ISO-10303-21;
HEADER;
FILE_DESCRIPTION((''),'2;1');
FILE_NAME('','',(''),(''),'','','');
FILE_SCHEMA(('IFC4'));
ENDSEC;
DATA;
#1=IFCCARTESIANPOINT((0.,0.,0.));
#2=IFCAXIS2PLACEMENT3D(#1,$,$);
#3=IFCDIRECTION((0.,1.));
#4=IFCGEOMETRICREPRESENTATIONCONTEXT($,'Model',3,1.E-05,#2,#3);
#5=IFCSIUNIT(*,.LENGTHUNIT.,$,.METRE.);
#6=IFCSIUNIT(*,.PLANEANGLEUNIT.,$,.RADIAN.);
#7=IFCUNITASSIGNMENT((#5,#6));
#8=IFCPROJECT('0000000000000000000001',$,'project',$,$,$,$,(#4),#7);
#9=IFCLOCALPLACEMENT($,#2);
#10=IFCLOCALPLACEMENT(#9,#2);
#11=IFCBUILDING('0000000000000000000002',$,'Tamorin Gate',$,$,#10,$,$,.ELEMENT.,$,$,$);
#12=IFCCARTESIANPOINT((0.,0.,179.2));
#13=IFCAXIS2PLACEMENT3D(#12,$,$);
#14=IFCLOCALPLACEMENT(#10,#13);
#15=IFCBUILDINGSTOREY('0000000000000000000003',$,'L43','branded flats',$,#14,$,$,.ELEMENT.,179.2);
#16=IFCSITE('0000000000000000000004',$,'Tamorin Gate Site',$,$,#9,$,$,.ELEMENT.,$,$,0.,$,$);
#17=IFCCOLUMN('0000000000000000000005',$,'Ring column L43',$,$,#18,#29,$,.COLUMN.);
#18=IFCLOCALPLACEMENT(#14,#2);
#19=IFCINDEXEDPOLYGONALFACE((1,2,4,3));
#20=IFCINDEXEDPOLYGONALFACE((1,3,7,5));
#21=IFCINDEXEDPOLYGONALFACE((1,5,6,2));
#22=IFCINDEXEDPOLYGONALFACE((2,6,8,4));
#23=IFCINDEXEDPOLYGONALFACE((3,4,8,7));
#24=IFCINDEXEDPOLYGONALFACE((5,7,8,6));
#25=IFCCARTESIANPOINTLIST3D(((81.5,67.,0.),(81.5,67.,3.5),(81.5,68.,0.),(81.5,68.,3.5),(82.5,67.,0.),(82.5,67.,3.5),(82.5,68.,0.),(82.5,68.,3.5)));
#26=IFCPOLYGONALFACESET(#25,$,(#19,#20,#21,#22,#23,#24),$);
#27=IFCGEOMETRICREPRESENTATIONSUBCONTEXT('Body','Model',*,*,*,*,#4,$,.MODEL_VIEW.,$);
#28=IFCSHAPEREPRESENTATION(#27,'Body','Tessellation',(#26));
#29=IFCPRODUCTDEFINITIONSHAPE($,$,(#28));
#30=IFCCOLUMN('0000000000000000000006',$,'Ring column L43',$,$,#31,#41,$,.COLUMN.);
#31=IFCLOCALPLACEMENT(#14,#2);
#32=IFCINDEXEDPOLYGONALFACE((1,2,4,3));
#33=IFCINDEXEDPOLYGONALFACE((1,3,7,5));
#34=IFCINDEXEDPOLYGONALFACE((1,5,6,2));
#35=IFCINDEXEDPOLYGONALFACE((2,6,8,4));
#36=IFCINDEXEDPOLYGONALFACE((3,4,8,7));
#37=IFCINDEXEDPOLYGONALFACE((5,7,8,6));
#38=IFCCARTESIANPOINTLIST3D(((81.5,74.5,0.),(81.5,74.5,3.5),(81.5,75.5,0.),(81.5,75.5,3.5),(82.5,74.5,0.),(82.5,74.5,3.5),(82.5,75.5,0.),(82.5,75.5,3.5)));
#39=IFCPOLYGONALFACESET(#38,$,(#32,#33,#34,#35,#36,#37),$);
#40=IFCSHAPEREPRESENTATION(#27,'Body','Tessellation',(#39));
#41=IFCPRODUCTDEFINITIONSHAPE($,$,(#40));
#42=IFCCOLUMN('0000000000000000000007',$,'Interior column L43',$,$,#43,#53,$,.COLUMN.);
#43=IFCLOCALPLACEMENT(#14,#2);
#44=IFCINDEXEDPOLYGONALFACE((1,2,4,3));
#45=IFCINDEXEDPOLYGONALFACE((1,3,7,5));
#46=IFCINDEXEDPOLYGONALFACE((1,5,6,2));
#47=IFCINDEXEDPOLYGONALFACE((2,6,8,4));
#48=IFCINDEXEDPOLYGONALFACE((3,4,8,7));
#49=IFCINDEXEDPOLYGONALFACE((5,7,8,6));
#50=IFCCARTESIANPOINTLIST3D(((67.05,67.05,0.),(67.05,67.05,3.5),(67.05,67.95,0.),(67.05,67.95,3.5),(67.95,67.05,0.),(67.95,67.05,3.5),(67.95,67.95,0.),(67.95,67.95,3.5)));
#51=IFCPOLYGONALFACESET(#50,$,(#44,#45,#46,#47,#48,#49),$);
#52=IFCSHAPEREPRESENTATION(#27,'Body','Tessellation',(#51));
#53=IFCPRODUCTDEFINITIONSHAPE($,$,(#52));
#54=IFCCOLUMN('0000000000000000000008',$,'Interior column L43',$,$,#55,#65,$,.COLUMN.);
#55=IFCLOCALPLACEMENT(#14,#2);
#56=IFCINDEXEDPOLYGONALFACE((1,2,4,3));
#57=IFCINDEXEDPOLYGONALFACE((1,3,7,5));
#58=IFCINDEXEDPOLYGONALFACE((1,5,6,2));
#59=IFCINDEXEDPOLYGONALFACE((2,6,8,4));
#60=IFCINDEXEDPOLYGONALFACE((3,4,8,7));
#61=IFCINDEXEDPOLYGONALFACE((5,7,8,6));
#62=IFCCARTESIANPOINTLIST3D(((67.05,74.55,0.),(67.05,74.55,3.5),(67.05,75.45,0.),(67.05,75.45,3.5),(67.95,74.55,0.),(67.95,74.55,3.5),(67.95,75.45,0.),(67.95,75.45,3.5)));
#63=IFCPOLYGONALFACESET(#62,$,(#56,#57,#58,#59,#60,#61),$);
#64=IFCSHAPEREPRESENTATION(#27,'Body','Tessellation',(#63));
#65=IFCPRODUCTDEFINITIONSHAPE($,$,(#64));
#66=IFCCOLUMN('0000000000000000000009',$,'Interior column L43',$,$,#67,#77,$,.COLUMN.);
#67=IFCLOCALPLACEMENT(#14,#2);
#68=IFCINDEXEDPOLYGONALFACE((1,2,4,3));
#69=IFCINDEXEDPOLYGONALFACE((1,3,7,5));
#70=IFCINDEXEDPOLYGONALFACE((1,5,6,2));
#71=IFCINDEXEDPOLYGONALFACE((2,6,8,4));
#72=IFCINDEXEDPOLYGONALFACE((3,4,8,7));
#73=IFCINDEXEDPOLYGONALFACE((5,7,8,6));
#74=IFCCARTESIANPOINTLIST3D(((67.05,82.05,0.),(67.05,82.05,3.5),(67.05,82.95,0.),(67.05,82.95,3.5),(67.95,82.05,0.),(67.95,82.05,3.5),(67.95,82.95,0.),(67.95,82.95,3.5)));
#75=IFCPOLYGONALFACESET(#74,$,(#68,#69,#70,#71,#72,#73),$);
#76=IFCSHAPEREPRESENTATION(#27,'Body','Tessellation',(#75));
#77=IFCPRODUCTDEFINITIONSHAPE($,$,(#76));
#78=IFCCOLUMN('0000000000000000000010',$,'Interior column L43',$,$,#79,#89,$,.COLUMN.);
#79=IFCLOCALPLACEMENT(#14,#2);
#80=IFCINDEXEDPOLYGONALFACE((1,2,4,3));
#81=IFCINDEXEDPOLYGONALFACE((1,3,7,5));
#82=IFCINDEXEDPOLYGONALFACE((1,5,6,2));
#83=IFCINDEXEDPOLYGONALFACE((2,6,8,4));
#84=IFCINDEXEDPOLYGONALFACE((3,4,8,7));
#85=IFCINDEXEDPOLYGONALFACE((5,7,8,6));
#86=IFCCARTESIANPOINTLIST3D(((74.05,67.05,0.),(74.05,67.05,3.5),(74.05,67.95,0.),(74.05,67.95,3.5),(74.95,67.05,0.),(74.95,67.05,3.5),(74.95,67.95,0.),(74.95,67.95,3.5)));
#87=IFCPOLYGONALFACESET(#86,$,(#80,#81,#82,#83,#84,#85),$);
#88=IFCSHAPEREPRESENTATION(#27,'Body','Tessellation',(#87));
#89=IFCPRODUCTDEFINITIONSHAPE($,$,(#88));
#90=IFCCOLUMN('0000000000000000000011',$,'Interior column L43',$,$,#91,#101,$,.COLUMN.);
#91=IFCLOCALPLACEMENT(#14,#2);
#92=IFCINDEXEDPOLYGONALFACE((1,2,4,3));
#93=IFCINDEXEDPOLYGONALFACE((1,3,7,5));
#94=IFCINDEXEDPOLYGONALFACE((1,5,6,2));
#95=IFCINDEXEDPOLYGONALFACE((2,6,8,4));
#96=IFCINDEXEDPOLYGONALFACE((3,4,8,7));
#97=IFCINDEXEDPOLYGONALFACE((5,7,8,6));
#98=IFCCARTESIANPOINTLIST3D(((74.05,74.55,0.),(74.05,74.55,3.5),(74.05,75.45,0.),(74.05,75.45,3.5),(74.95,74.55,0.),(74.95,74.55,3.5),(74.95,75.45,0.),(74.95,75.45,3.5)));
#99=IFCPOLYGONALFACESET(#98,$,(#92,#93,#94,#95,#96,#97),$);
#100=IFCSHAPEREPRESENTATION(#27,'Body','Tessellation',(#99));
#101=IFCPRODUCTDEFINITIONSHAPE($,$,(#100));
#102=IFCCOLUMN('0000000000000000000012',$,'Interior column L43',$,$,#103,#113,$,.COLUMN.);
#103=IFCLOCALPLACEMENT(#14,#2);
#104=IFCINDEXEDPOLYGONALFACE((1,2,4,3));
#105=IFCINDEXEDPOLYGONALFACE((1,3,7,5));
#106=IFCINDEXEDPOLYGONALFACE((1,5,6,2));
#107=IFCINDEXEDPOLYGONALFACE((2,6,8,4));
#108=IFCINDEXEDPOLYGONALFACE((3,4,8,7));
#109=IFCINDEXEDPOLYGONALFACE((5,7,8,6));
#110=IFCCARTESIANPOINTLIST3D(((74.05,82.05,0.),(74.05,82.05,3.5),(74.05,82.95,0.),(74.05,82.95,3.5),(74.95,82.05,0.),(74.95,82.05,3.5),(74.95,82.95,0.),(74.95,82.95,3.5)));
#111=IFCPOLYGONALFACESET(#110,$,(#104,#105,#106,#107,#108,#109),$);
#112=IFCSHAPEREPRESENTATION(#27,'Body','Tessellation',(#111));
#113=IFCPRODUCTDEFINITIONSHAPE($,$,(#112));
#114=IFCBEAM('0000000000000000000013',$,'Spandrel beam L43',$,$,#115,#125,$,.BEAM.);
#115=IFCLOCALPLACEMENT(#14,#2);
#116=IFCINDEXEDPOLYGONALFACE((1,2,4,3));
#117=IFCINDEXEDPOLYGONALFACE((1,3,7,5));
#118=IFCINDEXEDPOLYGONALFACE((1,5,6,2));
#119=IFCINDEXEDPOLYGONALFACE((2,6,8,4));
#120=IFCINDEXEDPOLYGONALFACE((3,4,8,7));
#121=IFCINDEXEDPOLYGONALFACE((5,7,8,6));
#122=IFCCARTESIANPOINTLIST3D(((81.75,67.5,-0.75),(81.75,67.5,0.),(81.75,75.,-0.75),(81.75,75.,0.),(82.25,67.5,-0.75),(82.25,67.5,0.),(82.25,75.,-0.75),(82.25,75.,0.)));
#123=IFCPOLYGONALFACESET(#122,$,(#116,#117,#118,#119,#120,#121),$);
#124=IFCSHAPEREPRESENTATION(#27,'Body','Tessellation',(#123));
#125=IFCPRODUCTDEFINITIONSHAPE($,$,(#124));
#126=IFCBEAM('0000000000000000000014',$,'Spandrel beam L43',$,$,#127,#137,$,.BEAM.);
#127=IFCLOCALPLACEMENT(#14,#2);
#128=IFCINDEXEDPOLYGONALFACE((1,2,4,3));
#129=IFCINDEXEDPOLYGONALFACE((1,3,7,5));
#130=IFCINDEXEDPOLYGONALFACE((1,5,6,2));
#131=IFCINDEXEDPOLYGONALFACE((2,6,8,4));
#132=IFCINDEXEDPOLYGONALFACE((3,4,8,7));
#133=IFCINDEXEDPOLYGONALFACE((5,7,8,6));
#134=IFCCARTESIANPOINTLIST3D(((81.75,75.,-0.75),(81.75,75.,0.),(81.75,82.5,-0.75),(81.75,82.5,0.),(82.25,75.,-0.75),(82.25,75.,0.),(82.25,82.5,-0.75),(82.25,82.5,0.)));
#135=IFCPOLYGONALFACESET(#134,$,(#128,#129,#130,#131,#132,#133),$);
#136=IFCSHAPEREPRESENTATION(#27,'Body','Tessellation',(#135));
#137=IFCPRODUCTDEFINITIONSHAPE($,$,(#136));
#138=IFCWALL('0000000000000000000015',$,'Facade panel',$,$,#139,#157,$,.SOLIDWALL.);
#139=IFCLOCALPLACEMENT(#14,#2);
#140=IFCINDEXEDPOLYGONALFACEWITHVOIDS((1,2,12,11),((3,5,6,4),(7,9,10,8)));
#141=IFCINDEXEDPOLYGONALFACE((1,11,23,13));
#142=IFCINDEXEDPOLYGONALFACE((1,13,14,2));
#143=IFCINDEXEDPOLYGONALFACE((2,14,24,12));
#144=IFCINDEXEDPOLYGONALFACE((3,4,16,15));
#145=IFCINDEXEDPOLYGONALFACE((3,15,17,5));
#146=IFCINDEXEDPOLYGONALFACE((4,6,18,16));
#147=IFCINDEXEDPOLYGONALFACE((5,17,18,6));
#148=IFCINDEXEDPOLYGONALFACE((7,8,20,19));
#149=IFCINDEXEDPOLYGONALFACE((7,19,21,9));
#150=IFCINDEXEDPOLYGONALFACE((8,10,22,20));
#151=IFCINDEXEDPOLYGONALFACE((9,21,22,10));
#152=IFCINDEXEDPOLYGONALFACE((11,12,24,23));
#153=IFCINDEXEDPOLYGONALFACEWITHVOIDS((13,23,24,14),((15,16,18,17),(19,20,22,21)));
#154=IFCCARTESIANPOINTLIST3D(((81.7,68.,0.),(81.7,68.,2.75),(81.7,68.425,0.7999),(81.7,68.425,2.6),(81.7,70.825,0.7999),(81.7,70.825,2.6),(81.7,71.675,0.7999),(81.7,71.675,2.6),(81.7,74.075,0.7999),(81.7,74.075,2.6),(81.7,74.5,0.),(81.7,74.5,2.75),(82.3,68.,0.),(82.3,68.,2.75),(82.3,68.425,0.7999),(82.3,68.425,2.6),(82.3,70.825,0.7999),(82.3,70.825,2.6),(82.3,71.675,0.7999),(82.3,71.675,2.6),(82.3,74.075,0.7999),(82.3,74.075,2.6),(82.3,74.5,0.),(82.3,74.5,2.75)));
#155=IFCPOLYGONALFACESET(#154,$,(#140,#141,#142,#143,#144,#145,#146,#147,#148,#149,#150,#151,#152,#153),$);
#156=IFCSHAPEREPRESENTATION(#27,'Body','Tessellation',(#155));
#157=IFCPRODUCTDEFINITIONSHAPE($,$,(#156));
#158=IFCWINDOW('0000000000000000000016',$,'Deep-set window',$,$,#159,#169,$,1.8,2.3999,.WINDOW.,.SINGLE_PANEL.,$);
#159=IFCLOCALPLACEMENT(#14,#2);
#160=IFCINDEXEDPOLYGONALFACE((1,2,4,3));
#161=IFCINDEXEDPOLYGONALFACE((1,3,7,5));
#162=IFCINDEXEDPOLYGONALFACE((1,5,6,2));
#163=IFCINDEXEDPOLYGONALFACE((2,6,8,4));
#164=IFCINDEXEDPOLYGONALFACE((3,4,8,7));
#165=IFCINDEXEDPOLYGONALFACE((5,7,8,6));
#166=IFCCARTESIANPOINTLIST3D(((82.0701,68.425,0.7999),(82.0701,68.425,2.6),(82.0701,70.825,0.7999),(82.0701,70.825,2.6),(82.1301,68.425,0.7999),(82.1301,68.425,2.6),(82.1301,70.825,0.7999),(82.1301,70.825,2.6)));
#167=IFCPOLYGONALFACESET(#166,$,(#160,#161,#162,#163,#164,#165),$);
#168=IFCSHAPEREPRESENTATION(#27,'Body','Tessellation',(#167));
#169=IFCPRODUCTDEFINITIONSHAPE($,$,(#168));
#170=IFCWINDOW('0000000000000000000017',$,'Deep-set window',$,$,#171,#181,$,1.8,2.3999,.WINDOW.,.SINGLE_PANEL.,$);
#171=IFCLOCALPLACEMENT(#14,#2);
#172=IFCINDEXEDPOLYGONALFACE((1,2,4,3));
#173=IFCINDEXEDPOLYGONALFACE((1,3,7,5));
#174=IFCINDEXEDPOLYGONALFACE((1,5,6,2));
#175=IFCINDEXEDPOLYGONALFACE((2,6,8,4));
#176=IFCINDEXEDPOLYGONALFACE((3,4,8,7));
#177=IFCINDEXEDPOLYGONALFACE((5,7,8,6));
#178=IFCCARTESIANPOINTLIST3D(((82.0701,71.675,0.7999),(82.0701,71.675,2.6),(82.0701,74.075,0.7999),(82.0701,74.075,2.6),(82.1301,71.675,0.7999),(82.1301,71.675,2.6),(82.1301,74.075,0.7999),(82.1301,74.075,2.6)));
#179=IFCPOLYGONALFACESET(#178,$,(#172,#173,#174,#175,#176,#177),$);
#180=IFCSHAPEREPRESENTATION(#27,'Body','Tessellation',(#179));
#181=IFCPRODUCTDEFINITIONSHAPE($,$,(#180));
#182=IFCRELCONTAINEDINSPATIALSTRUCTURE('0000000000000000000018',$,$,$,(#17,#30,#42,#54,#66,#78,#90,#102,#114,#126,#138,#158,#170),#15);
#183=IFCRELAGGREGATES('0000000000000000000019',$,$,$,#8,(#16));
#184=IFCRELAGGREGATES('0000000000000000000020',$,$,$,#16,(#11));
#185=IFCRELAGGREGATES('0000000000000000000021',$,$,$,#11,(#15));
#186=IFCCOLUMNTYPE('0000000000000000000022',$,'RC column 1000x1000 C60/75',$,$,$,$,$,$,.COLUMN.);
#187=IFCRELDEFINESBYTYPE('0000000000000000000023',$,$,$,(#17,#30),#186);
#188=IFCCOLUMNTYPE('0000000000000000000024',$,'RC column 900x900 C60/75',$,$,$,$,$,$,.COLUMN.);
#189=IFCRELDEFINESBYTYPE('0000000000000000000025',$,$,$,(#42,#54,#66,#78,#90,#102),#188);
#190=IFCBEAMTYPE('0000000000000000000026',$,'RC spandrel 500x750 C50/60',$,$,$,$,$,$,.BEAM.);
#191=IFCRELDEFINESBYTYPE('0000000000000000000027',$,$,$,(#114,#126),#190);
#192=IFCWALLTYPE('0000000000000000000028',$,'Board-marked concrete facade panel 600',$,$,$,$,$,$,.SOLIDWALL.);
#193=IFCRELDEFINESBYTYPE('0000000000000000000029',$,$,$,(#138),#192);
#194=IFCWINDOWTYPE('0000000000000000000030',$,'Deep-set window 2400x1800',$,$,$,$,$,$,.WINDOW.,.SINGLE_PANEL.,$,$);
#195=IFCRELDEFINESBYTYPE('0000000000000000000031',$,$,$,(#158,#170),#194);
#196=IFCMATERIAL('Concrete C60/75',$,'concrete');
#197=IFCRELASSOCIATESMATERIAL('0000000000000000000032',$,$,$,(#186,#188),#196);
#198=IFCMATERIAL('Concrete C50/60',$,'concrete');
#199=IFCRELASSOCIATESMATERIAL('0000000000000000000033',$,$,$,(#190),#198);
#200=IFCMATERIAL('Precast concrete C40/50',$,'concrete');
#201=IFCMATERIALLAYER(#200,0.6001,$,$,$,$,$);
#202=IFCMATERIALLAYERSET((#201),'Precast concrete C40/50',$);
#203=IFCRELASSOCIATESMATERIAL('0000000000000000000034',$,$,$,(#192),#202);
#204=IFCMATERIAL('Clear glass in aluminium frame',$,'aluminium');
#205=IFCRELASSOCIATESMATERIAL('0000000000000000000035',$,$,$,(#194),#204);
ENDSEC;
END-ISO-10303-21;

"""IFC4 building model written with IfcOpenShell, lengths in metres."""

from ifc_helpers import new_model, si_unit, direction, frame, frame_2d, origin, origin_2d, place, context, subcontext, project, spatial, rectangle, extrude, material, layer, layer_set, material_profile, profile_set, type_object, element, fill, save


model = new_model("IFC4")

# Units and contexts
model_context = context("Model", 3, precision=1e-05, world=origin(), true_north=direction((0.0, 1.0)))
body_context = subcontext(model_context, "Body", "Model", "MODEL_VIEW")
ifc_project = project(units=[si_unit("LENGTHUNIT", "METRE"), si_unit("PLANEANGLEUNIT", "RADIAN")], contexts=[model_context])

# Site, building, storey
site_placement = place(None, origin())
site = spatial("IfcSite", under=ifc_project, at=site_placement, Name="Tamorin Gate Site", CompositionType="ELEMENT", RefElevation=0.0)
building_placement = place(site_placement, origin())
building = spatial("IfcBuilding", under=site, at=building_placement, Name="Tamorin Gate", CompositionType="ELEMENT")
storey_placement = place(building_placement, frame((0.0, 0.0, 179.2)))
storey = spatial("IfcBuildingStorey", under=building, at=storey_placement, Name="L43", Description="branded flats", CompositionType="ELEMENT", Elevation=179.2)

# Columns
ifc_material_1 = material(Name="Concrete C60/75", Category="concrete")
ifc_material_profile_1 = material_profile(ifc_material_1, rectangle(XDim=1.0, YDim=1.0, at=origin_2d()), Name="RC 1000x1000")
ifc_profile_set_1 = profile_set([ifc_material_profile_1], Name="Concrete C60/75")
column_type_1 = type_object("IfcColumnType", Name="RC column 1000x1000 C60/75", PredefinedType="COLUMN", material=ifc_profile_set_1)
for number, where, z_axis, x_axis, name in (
    (1, (82.0, 67.5, 0.0), (0.0, 0.0, 1.0), (1.0, 0.0, 0.0), "Ring column L43"),
    (2, (82.0, 75.0, 0.0), (0.0, 0.0, 1.0), (1.0, 0.0, 0.0), "Ring column L43"),
):
    element("IfcColumn", number, at=place(storey_placement, frame(where, z_axis=z_axis, x_axis=x_axis)), inside=storey, type_object=column_type_1, Name=name, PredefinedType="COLUMN", context=body_context, shape_type="SweptSolid", body=[
        extrude(rectangle(XDim=1.0, YDim=1.0, at=origin_2d()), origin(), (0.0, 0.0, 1.0), 3.5),
    ])
ifc_material_profile_2 = material_profile(ifc_material_1, rectangle(XDim=0.8999, YDim=0.8999, at=origin_2d()), Name="RC 900x900")
ifc_profile_set_2 = profile_set([ifc_material_profile_2], Name="Concrete C60/75")
column_type_2 = type_object("IfcColumnType", Name="RC column 900x900 C60/75", PredefinedType="COLUMN", material=ifc_profile_set_2)
for number, where, z_axis, x_axis, name in (
    (3, (67.5, 67.5, 0.0), (0.0, 0.0, 1.0), (1.0, 0.0, 0.0), "Interior column L43"),
    (4, (67.5, 75.0, 0.0), (0.0, 0.0, 1.0), (1.0, 0.0, 0.0), "Interior column L43"),
    (5, (67.5, 82.5, 0.0), (0.0, 0.0, 1.0), (1.0, 0.0, 0.0), "Interior column L43"),
    (6, (74.5, 67.5, 0.0), (0.0, 0.0, 1.0), (1.0, 0.0, 0.0), "Interior column L43"),
    (7, (74.5, 75.0, 0.0), (0.0, 0.0, 1.0), (1.0, 0.0, 0.0), "Interior column L43"),
    (8, (74.5, 82.5, 0.0), (0.0, 0.0, 1.0), (1.0, 0.0, 0.0), "Interior column L43"),
):
    element("IfcColumn", number, at=place(storey_placement, frame(where, z_axis=z_axis, x_axis=x_axis)), inside=storey, type_object=column_type_2, Name=name, PredefinedType="COLUMN", context=body_context, shape_type="SweptSolid", body=[
        extrude(rectangle(XDim=0.8999, YDim=0.8999, at=origin_2d()), origin(), (0.0, 0.0, 1.0), 3.5),
    ])

# Beams
ifc_material_2 = material(Name="Concrete C50/60", Category="concrete")
ifc_material_profile_3 = material_profile(ifc_material_2, rectangle(XDim=0.5, YDim=0.75, at=origin_2d()), Name="RC 500x750")
ifc_profile_set_3 = profile_set([ifc_material_profile_3], Name="Concrete C50/60")
beam_type = type_object("IfcBeamType", Name="RC spandrel 500x750 C50/60", PredefinedType="BEAM", material=ifc_profile_set_3)
for number, where, z_axis, x_axis, name in (
    (9, (82.0, 67.5, -0.375), (0.0, 1.0, 0.0), (-1.0, 0.0, 0.0), "Spandrel beam L43"),
    (10, (82.0, 75.0, -0.375), (0.0, 1.0, 0.0), (-1.0, 0.0, 0.0), "Spandrel beam L43"),
):
    element("IfcBeam", number, at=place(storey_placement, frame(where, z_axis=z_axis, x_axis=x_axis)), inside=storey, type_object=beam_type, Name=name, PredefinedType="BEAM", context=body_context, shape_type="SweptSolid", body=[
        extrude(rectangle(XDim=0.5, YDim=0.75, at=origin_2d()), origin(), (0.0, 0.0, 1.0), 7.5),
    ])

# Wall, openings, windows
ifc_material_3 = material(Name="Precast concrete C40/50", Category="concrete")
ifc_layer_1 = layer(ifc_material_3, 0.6001)
ifc_layer_set_1 = layer_set([ifc_layer_1], Name="Precast concrete C40/50")
wall_type_1 = type_object("IfcWallType", Name="Board-marked concrete facade panel 600", PredefinedType="SOLIDWALL", material=ifc_layer_set_1)
wall_1_placement = place(storey_placement, frame((82.0, 68.0, 0.0), z_axis=(0.0, 0.0, 1.0), x_axis=(0.0, 1.0, 0.0)))
wall_1 = element("IfcWall", 11, at=wall_1_placement, inside=storey, type_object=wall_type_1, Name="Facade panel", PredefinedType="SOLIDWALL", context=body_context, shape_type="SweptSolid", body=[
    extrude(rectangle(XDim=6.5, YDim=0.6001, at=frame_2d((3.25, 0.0))), origin(), (0.0, 0.0, 1.0), 2.75),
])
opening_1_placement = place(wall_1_placement, frame((0.425, 0.0, 0.8)))
opening_1 = element("IfcOpeningElement", 12, at=opening_1_placement, cuts=wall_1, PredefinedType="OPENING", context=body_context, shape_type="SweptSolid", body=[
    extrude(rectangle(XDim=2.3999, YDim=1.8, at=frame_2d((1.2, 0.8999))), frame((0.0, 0.3101, 0.0), z_axis=(0.0, -1.0, 0.0), x_axis=(1.0, 0.0, 0.0)), (0.0, 0.0, 1.0), 0.6201),
])
opening_2_placement = place(wall_1_placement, frame((3.675, 0.0, 0.8)))
opening_2 = element("IfcOpeningElement", 13, at=opening_2_placement, cuts=wall_1, PredefinedType="OPENING", context=body_context, shape_type="SweptSolid", body=[
    extrude(rectangle(XDim=2.3999, YDim=1.8, at=frame_2d((1.2, 0.8999))), frame((0.0, 0.3101, 0.0), z_axis=(0.0, -1.0, 0.0), x_axis=(1.0, 0.0, 0.0)), (0.0, 0.0, 1.0), 0.6201),
])
ifc_material_4 = material(Name="Clear glass in aluminium frame", Category="aluminium")
window_type = type_object("IfcWindowType", Name="Deep-set window 2400x1800", PartitioningType="SINGLE_PANEL", PredefinedType="WINDOW", material=ifc_material_4)
window_1_placement = place(opening_1_placement, origin())
window_1 = element("IfcWindow", 14, at=window_1_placement, inside=storey, type_object=window_type, Name="Deep-set window", OverallHeight=1.8, OverallWidth=2.3999, PartitioningType="SINGLE_PANEL", PredefinedType="WINDOW", context=body_context, shape_type="SweptSolid", body=[
    extrude(rectangle(XDim=2.3999, YDim=1.8, at=frame_2d((1.2, 0.8999))), frame((0.0, -0.0701, 0.0), z_axis=(0.0, -1.0, 0.0), x_axis=(1.0, 0.0, 0.0)), (0.0, 0.0, 1.0), 0.0601),
])
fill(opening_1, window_1)
window_2_placement = place(opening_2_placement, origin())
window_2 = element("IfcWindow", 15, at=window_2_placement, inside=storey, type_object=window_type, Name="Deep-set window", OverallHeight=1.8, OverallWidth=2.3999, PartitioningType="SINGLE_PANEL", PredefinedType="WINDOW", context=body_context, shape_type="SweptSolid", body=[
    extrude(rectangle(XDim=2.3999, YDim=1.8, at=frame_2d((1.2, 0.8999))), frame((0.0, -0.0701, 0.0), z_axis=(0.0, -1.0, 0.0), x_axis=(1.0, 0.0, 0.0)), (0.0, 0.0, 1.0), 0.0601),
])
fill(opening_2, window_2)

save(model, "model.ifc")
